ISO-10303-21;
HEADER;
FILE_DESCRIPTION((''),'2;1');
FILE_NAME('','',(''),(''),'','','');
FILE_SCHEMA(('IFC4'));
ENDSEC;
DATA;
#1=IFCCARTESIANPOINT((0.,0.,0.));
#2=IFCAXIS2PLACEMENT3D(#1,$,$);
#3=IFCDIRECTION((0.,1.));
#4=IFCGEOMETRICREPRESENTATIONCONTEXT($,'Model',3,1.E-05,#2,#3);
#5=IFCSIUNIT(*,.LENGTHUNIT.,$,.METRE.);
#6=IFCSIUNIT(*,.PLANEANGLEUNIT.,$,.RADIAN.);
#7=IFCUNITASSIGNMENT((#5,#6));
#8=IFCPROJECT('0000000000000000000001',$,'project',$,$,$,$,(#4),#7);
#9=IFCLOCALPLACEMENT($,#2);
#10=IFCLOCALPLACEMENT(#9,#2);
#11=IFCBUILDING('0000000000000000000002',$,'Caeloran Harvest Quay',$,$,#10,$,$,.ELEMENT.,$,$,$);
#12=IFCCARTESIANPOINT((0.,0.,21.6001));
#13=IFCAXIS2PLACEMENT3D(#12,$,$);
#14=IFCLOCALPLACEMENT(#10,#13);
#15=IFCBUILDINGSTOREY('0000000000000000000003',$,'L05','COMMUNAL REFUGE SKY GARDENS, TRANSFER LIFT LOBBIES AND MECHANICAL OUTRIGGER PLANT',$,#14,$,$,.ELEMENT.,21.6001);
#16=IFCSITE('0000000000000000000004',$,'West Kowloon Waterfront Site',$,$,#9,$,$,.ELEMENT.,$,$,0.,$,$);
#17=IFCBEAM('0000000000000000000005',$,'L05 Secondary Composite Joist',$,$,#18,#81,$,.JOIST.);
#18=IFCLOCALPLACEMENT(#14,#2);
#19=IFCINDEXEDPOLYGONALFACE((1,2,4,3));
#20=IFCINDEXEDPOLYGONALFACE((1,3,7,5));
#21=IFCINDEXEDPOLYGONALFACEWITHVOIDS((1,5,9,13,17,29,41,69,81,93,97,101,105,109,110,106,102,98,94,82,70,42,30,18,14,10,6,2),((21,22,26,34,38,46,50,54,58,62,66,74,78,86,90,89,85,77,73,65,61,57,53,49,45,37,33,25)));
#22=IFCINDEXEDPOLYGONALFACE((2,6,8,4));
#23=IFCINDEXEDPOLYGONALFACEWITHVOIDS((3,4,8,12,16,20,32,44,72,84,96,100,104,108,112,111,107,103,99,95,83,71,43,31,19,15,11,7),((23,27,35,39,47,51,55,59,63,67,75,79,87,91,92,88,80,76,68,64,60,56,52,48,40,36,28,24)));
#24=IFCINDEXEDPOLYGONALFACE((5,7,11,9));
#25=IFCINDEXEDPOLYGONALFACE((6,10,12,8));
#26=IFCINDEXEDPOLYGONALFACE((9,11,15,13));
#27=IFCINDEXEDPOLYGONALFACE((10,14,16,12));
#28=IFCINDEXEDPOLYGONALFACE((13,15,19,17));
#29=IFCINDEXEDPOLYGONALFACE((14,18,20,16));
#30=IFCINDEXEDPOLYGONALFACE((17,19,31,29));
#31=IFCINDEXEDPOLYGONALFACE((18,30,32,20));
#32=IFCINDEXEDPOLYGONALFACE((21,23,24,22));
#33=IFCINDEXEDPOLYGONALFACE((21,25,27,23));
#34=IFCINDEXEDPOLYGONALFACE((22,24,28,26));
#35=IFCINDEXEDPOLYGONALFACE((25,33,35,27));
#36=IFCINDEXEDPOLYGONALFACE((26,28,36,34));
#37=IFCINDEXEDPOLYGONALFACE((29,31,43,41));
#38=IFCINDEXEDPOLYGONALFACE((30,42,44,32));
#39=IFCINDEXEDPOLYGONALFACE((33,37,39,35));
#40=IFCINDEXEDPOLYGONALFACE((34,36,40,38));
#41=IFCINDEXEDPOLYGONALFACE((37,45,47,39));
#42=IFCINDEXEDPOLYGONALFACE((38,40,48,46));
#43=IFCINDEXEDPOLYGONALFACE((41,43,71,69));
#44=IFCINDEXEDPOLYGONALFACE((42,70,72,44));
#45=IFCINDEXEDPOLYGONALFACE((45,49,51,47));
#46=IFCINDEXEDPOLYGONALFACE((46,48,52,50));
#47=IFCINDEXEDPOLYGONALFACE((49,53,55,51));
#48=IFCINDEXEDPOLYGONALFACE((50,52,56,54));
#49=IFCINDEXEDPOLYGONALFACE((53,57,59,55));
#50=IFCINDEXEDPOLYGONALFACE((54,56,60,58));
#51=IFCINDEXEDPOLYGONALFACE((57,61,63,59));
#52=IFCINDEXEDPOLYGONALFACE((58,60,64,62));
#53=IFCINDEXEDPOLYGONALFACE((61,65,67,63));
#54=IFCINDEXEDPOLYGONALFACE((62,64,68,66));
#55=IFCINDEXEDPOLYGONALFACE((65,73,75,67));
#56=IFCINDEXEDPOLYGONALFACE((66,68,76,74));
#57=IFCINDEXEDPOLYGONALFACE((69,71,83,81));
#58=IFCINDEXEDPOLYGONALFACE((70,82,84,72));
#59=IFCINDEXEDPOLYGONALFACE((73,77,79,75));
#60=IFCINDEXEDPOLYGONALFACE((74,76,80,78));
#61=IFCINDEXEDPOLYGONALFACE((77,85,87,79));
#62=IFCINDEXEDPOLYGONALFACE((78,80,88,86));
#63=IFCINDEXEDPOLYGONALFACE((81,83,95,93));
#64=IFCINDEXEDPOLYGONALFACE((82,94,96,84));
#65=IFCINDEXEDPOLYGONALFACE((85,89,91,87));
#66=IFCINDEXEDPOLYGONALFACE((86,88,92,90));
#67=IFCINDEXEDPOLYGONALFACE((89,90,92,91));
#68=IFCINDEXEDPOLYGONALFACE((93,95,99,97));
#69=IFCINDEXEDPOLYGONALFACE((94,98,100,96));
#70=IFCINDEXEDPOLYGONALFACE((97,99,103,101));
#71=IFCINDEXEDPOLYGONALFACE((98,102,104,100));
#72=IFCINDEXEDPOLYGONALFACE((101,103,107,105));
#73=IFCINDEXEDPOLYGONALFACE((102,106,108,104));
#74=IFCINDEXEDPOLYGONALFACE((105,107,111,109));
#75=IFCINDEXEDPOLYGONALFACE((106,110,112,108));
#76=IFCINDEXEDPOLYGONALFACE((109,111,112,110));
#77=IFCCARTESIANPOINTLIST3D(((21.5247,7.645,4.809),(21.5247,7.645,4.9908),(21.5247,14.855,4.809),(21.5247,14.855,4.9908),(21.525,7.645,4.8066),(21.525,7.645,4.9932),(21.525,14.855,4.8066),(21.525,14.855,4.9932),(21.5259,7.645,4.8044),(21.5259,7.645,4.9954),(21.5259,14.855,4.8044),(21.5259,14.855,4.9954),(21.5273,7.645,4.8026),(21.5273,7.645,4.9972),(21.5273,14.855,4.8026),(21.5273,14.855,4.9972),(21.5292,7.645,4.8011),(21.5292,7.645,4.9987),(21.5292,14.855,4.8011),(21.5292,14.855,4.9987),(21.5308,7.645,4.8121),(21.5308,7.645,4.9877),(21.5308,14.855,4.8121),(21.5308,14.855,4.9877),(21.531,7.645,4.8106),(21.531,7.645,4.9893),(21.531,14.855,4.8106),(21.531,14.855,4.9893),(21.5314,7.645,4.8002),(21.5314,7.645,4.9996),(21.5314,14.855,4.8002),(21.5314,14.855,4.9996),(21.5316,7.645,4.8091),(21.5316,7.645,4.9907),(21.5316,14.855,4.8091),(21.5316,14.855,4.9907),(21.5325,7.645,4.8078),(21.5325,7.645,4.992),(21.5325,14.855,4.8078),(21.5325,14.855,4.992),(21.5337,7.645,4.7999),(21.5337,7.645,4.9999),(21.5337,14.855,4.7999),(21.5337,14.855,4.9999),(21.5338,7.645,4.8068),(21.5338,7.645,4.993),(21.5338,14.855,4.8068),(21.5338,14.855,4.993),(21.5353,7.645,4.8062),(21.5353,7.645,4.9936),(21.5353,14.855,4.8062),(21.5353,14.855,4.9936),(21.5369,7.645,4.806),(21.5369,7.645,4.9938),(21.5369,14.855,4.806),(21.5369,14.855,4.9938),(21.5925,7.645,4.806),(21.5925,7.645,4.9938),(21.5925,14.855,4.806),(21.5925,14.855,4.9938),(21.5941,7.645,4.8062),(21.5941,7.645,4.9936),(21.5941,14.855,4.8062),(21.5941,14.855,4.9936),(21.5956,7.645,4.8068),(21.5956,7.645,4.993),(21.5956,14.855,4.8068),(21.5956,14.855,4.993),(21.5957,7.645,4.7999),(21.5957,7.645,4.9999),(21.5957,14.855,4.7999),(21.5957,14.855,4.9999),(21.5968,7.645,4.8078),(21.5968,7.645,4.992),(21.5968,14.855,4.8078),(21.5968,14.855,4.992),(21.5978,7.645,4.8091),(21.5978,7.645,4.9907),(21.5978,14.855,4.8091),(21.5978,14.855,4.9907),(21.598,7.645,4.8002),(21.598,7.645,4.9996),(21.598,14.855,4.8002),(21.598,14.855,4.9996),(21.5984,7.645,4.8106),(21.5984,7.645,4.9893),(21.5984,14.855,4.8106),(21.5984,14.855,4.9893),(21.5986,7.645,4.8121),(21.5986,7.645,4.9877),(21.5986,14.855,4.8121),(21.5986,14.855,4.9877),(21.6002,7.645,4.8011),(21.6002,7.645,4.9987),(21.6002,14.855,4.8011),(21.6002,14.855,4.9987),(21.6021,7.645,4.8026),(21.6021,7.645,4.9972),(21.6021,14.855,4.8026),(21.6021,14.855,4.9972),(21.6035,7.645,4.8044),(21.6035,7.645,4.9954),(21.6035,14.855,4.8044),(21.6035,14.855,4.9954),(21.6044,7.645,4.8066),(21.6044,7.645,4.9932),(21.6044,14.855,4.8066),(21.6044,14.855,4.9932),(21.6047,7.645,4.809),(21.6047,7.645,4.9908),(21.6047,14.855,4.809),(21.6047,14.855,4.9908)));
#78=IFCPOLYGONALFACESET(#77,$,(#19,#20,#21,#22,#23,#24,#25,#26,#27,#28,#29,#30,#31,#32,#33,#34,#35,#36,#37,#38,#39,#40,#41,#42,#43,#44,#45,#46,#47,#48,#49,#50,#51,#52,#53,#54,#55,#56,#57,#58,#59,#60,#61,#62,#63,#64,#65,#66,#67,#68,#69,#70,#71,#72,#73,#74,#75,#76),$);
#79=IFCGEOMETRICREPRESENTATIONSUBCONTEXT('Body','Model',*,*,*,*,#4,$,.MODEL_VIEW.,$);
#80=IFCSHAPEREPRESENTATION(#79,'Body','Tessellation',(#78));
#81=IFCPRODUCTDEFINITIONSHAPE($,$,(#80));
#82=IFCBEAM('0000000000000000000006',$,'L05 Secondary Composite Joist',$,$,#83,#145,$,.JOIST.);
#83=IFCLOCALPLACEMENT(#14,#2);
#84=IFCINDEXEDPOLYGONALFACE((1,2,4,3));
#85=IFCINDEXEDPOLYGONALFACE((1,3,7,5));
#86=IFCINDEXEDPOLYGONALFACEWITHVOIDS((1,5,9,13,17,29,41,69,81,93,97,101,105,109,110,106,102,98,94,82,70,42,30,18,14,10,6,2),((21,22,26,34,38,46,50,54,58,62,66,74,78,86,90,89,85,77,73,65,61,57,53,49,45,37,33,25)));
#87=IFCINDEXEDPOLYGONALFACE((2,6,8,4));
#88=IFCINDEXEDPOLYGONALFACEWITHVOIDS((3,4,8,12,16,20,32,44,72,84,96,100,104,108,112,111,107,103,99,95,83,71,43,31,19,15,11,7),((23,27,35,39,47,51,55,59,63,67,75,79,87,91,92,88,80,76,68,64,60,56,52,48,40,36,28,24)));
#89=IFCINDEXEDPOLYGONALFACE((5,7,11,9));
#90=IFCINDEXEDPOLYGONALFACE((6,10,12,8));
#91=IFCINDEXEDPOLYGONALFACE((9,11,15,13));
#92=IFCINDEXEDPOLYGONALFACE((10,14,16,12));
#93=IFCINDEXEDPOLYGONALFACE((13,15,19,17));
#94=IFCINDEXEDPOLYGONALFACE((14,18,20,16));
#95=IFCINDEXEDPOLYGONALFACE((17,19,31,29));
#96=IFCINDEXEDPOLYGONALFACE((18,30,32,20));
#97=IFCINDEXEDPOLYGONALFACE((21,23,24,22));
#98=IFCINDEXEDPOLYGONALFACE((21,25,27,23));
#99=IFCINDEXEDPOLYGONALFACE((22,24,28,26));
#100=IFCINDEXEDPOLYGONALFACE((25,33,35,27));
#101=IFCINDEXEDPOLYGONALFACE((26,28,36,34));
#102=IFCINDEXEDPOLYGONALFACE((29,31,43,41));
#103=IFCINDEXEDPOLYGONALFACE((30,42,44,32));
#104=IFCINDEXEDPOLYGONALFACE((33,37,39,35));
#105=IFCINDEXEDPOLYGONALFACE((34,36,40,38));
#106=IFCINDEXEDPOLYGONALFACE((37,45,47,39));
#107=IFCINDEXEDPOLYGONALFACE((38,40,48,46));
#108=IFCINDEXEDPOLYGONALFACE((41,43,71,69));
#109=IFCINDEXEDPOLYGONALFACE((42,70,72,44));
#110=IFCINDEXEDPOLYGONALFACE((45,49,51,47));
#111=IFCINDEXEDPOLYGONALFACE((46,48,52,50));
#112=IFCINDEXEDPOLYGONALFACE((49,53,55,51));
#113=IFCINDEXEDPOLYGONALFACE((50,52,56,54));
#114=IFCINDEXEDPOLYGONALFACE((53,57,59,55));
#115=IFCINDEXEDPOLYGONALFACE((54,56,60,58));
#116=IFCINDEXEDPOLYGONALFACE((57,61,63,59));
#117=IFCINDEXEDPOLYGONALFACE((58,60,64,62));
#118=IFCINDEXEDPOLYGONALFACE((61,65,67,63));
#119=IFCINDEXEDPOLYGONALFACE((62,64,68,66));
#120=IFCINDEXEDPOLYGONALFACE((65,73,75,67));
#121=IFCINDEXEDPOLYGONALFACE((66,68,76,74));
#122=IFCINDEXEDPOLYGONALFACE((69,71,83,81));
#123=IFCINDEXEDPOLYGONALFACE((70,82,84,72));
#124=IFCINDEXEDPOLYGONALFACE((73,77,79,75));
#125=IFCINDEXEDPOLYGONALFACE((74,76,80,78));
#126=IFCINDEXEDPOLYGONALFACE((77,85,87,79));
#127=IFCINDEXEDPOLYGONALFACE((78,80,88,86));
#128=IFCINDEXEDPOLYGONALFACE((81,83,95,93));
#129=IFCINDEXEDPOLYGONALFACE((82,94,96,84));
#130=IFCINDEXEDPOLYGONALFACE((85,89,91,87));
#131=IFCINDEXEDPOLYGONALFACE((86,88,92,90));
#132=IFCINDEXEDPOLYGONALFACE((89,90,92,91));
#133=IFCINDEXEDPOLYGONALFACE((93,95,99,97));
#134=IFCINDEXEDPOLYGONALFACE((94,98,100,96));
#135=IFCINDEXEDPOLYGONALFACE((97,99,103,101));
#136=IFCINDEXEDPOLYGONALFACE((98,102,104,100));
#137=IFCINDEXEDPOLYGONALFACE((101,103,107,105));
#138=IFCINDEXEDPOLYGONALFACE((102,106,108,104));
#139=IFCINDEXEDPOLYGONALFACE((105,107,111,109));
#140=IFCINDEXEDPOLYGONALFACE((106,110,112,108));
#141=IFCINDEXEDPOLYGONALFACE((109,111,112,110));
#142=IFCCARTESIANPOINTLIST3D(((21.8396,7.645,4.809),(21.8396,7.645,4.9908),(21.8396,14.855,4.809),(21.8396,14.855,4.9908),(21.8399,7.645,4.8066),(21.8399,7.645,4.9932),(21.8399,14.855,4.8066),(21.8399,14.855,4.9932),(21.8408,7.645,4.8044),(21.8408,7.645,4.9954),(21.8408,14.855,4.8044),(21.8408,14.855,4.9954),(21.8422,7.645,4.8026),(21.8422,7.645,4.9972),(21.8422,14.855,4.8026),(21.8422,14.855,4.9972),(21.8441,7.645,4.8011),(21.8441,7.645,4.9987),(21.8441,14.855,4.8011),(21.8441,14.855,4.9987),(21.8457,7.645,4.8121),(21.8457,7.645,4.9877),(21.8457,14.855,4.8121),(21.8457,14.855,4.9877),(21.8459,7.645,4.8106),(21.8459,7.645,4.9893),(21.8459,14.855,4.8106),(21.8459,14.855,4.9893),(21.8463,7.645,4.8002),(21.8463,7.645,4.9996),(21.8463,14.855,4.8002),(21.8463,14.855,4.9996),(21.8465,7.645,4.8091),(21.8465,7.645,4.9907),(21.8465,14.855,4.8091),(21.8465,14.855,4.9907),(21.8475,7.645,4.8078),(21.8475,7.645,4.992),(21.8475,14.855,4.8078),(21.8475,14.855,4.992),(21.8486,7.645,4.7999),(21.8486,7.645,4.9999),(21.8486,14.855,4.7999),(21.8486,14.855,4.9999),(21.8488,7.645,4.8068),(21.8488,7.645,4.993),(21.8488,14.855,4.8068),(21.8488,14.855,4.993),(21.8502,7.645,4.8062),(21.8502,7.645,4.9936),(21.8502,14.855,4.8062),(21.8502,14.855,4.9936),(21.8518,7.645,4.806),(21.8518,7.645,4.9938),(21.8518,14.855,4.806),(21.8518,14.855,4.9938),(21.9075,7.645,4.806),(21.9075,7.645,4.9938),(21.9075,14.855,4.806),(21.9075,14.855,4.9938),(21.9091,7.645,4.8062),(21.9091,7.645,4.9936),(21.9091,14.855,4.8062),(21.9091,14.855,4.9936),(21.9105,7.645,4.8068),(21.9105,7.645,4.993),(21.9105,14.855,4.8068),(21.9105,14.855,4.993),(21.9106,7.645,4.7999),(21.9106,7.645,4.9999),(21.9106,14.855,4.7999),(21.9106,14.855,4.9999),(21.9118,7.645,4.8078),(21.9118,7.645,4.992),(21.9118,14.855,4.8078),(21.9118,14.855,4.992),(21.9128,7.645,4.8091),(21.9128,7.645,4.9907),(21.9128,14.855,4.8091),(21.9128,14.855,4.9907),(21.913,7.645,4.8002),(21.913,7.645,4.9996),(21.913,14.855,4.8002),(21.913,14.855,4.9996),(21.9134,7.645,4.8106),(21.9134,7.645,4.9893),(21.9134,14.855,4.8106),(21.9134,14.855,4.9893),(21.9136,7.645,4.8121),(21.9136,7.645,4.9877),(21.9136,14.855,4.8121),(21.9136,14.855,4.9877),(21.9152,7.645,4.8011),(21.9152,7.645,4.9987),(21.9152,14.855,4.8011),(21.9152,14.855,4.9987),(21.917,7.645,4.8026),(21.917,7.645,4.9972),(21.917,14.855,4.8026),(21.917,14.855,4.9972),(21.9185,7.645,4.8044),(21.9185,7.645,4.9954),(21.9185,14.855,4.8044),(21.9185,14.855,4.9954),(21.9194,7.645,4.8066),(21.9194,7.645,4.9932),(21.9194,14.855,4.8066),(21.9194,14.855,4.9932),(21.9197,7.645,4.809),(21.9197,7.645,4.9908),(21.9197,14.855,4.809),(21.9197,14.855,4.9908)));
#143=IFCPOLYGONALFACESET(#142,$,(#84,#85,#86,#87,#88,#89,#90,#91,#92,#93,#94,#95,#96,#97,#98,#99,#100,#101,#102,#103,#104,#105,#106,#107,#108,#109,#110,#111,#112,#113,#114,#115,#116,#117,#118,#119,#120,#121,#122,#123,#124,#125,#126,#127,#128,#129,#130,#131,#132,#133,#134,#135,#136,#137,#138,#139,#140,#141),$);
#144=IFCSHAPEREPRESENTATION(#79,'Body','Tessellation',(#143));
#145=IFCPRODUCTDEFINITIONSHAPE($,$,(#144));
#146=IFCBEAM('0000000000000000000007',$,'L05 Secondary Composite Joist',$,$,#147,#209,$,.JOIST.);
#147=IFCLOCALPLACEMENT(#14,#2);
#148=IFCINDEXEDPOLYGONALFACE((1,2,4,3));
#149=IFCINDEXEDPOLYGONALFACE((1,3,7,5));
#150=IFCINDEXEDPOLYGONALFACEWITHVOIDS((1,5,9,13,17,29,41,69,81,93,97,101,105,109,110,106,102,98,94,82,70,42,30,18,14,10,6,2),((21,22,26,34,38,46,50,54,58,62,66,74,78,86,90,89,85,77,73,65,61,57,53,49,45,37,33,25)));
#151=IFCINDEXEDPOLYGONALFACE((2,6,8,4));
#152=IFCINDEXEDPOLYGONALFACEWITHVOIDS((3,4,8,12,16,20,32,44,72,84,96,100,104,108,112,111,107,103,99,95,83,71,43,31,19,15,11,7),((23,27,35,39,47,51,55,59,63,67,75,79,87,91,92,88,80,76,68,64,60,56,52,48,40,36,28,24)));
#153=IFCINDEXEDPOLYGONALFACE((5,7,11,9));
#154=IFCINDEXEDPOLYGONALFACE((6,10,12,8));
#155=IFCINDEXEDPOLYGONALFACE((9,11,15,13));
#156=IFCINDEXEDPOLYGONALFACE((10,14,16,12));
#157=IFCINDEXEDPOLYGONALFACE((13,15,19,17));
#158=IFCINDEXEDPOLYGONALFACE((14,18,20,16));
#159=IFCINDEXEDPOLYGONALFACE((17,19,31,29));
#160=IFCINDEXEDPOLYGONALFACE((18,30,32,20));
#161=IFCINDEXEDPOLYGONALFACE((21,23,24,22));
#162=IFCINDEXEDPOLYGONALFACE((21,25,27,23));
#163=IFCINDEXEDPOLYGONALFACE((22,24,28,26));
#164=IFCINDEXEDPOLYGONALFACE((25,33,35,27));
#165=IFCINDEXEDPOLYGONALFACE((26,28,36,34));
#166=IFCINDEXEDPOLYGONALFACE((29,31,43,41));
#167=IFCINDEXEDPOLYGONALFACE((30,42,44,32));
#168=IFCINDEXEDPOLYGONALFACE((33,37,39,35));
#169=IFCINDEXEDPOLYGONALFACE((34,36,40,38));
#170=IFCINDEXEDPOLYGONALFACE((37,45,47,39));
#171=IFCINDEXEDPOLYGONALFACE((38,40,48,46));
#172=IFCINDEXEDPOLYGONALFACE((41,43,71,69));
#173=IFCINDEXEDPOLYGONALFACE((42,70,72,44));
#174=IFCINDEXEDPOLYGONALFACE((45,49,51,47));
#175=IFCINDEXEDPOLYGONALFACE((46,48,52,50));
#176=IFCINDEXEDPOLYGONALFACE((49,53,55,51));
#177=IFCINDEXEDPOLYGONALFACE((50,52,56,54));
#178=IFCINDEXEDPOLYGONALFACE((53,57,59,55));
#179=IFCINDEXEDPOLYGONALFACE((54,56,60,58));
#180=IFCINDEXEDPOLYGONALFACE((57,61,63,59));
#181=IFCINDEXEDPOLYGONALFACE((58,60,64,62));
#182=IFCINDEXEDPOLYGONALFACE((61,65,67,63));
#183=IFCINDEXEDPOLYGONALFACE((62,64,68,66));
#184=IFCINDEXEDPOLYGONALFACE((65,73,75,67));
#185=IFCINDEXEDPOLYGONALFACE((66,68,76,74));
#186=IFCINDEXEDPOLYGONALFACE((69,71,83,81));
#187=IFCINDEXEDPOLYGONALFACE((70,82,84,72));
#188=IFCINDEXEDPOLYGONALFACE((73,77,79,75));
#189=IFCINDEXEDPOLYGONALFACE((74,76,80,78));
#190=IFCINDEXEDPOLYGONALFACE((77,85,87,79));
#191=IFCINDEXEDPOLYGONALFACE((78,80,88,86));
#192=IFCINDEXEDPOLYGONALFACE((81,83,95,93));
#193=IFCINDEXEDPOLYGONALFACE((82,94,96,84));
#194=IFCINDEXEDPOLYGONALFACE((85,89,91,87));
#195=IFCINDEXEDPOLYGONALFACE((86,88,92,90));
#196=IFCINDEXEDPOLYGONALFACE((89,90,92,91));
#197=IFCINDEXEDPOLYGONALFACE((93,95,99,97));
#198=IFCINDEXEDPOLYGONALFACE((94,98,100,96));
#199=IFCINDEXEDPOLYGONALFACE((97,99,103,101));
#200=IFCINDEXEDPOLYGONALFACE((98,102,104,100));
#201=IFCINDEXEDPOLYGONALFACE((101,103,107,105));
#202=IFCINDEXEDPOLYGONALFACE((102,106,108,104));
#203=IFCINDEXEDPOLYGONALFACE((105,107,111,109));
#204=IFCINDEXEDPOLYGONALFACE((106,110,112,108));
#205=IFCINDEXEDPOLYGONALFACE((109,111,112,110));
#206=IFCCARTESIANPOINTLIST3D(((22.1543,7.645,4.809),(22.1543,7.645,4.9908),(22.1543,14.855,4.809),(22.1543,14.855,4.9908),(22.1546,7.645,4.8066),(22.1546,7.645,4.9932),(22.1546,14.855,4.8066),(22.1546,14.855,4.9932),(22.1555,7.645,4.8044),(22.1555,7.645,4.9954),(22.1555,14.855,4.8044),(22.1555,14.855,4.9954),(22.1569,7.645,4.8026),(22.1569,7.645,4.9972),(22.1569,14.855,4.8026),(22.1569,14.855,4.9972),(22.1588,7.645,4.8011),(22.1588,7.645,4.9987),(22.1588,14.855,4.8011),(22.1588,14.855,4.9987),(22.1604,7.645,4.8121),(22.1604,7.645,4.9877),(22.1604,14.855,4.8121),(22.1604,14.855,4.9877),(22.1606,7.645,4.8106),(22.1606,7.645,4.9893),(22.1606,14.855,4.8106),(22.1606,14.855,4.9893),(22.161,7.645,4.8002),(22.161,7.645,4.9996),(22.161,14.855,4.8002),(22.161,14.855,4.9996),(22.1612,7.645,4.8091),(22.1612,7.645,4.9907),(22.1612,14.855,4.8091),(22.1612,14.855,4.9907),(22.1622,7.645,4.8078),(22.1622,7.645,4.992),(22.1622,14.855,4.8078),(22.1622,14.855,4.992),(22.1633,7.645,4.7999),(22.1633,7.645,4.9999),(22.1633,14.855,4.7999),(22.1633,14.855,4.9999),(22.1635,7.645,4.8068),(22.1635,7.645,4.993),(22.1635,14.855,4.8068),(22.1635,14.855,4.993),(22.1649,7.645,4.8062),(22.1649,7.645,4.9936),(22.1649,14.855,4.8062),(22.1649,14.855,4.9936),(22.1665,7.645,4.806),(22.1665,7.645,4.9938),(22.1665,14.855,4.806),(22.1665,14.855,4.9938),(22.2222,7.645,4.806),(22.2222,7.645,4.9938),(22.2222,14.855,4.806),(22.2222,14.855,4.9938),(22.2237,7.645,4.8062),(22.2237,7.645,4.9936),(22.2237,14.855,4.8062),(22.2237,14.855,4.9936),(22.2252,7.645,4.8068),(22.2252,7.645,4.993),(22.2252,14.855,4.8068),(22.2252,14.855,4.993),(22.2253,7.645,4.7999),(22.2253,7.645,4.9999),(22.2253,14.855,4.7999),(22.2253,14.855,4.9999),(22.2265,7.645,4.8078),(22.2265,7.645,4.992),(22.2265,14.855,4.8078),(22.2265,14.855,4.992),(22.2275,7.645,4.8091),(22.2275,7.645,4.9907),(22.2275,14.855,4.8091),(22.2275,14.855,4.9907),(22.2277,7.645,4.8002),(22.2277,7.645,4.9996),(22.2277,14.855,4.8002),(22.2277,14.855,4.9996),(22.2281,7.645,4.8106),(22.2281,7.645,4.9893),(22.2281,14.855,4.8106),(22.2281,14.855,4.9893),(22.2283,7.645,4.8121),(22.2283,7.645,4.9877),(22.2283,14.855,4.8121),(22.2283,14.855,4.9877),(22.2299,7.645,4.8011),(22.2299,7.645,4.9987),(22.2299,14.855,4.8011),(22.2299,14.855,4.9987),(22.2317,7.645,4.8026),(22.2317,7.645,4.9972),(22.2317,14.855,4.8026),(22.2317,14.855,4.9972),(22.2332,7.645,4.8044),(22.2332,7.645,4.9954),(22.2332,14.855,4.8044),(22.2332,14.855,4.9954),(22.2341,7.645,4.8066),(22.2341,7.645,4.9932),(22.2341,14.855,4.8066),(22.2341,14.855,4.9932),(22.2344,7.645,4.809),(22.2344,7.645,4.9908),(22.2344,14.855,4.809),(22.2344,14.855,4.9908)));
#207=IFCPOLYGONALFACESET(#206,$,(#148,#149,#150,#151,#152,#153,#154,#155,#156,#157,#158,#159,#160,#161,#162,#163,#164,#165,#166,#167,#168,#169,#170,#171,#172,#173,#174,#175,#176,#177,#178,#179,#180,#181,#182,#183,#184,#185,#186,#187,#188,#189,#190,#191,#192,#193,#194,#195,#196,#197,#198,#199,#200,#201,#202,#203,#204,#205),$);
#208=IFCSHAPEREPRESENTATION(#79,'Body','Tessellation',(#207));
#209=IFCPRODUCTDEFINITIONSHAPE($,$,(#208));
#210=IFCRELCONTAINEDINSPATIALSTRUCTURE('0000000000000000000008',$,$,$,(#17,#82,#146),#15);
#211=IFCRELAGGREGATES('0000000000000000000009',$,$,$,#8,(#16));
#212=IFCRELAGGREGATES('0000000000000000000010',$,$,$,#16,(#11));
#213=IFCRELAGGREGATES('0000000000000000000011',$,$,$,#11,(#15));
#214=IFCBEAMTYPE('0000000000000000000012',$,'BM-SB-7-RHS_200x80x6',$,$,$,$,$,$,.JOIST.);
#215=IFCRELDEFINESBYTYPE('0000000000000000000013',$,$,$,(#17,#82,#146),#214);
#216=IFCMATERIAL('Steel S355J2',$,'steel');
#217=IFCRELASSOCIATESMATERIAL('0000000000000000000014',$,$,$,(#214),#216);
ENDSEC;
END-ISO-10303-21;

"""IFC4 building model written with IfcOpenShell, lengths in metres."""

from ifc_helpers import new_model, si_unit, direction, frame, origin, origin_2d, place, context, subcontext, project, spatial, hollow_rectangle, extrude, material, material_profile, profile_set, type_object, element, save


model = new_model("IFC4")

# Units and contexts
model_context = context("Model", 3, precision=1e-05, world=origin(), true_north=direction((0.0, 1.0)))
body_context = subcontext(model_context, "Body", "Model", "MODEL_VIEW")
ifc_project = project(units=[si_unit("LENGTHUNIT", "METRE"), si_unit("PLANEANGLEUNIT", "RADIAN")], contexts=[model_context])

# Site, building, storey
site_placement = place(None, origin())
site = spatial("IfcSite", under=ifc_project, at=site_placement, Name="West Kowloon Waterfront Site", CompositionType="ELEMENT", RefElevation=0.0)
building_placement = place(site_placement, origin())
building = spatial("IfcBuilding", under=site, at=building_placement, Name="Caeloran Harvest Quay", CompositionType="ELEMENT")
storey_placement = place(building_placement, frame((0.0, 0.0, 21.6001)))
storey = spatial("IfcBuildingStorey", under=building, at=storey_placement, Name="L05", Description="COMMUNAL REFUGE SKY GARDENS, TRANSFER LIFT LOBBIES AND MECHANICAL OUTRIGGER PLANT", CompositionType="ELEMENT", Elevation=21.6001)

# Beams
ifc_material_1 = material(Name="Steel S355J2", Category="steel")
ifc_material_profile_1 = material_profile(ifc_material_1, hollow_rectangle(XDim=0.0801, YDim=0.2, WallThickness=0.0061, InnerFilletRadius=0.0061, OuterFilletRadius=0.009, at=origin_2d()), Name="RHS 200x80x6")
ifc_profile_set_1 = profile_set([ifc_material_profile_1], Name="Steel S355J2")
beam_type_1 = type_object("IfcBeamType", Name="BM-SB-7-RHS_200x80x6", PredefinedType="JOIST", material=ifc_profile_set_1)
for number, where, z_axis, x_axis, name in (
    (1, (21.5647, 7.645, 4.8999), (0.0, 1.0, 0.0), (-1.0, 0.0, 0.0), "L05 Secondary Composite Joist"),
    (2, (21.8796, 7.645, 4.8999), (0.0, 1.0, 0.0), (-1.0, 0.0, 0.0), "L05 Secondary Composite Joist"),
    (3, (22.1943, 7.645, 4.8999), (0.0, 1.0, 0.0), (-1.0, 0.0, 0.0), "L05 Secondary Composite Joist"),
):
    element("IfcBeam", number, at=place(storey_placement, frame(where, z_axis=z_axis, x_axis=x_axis)), inside=storey, type_object=beam_type_1, Name=name, PredefinedType="JOIST", context=body_context, shape_type="SweptSolid", body=[
        extrude(hollow_rectangle(XDim=0.0801, YDim=0.2, WallThickness=0.0061, InnerFilletRadius=0.0061, OuterFilletRadius=0.009, at=origin_2d()), origin(), (0.0, 0.0, 1.0), 7.21),
    ])

save(model, "model.ifc")
